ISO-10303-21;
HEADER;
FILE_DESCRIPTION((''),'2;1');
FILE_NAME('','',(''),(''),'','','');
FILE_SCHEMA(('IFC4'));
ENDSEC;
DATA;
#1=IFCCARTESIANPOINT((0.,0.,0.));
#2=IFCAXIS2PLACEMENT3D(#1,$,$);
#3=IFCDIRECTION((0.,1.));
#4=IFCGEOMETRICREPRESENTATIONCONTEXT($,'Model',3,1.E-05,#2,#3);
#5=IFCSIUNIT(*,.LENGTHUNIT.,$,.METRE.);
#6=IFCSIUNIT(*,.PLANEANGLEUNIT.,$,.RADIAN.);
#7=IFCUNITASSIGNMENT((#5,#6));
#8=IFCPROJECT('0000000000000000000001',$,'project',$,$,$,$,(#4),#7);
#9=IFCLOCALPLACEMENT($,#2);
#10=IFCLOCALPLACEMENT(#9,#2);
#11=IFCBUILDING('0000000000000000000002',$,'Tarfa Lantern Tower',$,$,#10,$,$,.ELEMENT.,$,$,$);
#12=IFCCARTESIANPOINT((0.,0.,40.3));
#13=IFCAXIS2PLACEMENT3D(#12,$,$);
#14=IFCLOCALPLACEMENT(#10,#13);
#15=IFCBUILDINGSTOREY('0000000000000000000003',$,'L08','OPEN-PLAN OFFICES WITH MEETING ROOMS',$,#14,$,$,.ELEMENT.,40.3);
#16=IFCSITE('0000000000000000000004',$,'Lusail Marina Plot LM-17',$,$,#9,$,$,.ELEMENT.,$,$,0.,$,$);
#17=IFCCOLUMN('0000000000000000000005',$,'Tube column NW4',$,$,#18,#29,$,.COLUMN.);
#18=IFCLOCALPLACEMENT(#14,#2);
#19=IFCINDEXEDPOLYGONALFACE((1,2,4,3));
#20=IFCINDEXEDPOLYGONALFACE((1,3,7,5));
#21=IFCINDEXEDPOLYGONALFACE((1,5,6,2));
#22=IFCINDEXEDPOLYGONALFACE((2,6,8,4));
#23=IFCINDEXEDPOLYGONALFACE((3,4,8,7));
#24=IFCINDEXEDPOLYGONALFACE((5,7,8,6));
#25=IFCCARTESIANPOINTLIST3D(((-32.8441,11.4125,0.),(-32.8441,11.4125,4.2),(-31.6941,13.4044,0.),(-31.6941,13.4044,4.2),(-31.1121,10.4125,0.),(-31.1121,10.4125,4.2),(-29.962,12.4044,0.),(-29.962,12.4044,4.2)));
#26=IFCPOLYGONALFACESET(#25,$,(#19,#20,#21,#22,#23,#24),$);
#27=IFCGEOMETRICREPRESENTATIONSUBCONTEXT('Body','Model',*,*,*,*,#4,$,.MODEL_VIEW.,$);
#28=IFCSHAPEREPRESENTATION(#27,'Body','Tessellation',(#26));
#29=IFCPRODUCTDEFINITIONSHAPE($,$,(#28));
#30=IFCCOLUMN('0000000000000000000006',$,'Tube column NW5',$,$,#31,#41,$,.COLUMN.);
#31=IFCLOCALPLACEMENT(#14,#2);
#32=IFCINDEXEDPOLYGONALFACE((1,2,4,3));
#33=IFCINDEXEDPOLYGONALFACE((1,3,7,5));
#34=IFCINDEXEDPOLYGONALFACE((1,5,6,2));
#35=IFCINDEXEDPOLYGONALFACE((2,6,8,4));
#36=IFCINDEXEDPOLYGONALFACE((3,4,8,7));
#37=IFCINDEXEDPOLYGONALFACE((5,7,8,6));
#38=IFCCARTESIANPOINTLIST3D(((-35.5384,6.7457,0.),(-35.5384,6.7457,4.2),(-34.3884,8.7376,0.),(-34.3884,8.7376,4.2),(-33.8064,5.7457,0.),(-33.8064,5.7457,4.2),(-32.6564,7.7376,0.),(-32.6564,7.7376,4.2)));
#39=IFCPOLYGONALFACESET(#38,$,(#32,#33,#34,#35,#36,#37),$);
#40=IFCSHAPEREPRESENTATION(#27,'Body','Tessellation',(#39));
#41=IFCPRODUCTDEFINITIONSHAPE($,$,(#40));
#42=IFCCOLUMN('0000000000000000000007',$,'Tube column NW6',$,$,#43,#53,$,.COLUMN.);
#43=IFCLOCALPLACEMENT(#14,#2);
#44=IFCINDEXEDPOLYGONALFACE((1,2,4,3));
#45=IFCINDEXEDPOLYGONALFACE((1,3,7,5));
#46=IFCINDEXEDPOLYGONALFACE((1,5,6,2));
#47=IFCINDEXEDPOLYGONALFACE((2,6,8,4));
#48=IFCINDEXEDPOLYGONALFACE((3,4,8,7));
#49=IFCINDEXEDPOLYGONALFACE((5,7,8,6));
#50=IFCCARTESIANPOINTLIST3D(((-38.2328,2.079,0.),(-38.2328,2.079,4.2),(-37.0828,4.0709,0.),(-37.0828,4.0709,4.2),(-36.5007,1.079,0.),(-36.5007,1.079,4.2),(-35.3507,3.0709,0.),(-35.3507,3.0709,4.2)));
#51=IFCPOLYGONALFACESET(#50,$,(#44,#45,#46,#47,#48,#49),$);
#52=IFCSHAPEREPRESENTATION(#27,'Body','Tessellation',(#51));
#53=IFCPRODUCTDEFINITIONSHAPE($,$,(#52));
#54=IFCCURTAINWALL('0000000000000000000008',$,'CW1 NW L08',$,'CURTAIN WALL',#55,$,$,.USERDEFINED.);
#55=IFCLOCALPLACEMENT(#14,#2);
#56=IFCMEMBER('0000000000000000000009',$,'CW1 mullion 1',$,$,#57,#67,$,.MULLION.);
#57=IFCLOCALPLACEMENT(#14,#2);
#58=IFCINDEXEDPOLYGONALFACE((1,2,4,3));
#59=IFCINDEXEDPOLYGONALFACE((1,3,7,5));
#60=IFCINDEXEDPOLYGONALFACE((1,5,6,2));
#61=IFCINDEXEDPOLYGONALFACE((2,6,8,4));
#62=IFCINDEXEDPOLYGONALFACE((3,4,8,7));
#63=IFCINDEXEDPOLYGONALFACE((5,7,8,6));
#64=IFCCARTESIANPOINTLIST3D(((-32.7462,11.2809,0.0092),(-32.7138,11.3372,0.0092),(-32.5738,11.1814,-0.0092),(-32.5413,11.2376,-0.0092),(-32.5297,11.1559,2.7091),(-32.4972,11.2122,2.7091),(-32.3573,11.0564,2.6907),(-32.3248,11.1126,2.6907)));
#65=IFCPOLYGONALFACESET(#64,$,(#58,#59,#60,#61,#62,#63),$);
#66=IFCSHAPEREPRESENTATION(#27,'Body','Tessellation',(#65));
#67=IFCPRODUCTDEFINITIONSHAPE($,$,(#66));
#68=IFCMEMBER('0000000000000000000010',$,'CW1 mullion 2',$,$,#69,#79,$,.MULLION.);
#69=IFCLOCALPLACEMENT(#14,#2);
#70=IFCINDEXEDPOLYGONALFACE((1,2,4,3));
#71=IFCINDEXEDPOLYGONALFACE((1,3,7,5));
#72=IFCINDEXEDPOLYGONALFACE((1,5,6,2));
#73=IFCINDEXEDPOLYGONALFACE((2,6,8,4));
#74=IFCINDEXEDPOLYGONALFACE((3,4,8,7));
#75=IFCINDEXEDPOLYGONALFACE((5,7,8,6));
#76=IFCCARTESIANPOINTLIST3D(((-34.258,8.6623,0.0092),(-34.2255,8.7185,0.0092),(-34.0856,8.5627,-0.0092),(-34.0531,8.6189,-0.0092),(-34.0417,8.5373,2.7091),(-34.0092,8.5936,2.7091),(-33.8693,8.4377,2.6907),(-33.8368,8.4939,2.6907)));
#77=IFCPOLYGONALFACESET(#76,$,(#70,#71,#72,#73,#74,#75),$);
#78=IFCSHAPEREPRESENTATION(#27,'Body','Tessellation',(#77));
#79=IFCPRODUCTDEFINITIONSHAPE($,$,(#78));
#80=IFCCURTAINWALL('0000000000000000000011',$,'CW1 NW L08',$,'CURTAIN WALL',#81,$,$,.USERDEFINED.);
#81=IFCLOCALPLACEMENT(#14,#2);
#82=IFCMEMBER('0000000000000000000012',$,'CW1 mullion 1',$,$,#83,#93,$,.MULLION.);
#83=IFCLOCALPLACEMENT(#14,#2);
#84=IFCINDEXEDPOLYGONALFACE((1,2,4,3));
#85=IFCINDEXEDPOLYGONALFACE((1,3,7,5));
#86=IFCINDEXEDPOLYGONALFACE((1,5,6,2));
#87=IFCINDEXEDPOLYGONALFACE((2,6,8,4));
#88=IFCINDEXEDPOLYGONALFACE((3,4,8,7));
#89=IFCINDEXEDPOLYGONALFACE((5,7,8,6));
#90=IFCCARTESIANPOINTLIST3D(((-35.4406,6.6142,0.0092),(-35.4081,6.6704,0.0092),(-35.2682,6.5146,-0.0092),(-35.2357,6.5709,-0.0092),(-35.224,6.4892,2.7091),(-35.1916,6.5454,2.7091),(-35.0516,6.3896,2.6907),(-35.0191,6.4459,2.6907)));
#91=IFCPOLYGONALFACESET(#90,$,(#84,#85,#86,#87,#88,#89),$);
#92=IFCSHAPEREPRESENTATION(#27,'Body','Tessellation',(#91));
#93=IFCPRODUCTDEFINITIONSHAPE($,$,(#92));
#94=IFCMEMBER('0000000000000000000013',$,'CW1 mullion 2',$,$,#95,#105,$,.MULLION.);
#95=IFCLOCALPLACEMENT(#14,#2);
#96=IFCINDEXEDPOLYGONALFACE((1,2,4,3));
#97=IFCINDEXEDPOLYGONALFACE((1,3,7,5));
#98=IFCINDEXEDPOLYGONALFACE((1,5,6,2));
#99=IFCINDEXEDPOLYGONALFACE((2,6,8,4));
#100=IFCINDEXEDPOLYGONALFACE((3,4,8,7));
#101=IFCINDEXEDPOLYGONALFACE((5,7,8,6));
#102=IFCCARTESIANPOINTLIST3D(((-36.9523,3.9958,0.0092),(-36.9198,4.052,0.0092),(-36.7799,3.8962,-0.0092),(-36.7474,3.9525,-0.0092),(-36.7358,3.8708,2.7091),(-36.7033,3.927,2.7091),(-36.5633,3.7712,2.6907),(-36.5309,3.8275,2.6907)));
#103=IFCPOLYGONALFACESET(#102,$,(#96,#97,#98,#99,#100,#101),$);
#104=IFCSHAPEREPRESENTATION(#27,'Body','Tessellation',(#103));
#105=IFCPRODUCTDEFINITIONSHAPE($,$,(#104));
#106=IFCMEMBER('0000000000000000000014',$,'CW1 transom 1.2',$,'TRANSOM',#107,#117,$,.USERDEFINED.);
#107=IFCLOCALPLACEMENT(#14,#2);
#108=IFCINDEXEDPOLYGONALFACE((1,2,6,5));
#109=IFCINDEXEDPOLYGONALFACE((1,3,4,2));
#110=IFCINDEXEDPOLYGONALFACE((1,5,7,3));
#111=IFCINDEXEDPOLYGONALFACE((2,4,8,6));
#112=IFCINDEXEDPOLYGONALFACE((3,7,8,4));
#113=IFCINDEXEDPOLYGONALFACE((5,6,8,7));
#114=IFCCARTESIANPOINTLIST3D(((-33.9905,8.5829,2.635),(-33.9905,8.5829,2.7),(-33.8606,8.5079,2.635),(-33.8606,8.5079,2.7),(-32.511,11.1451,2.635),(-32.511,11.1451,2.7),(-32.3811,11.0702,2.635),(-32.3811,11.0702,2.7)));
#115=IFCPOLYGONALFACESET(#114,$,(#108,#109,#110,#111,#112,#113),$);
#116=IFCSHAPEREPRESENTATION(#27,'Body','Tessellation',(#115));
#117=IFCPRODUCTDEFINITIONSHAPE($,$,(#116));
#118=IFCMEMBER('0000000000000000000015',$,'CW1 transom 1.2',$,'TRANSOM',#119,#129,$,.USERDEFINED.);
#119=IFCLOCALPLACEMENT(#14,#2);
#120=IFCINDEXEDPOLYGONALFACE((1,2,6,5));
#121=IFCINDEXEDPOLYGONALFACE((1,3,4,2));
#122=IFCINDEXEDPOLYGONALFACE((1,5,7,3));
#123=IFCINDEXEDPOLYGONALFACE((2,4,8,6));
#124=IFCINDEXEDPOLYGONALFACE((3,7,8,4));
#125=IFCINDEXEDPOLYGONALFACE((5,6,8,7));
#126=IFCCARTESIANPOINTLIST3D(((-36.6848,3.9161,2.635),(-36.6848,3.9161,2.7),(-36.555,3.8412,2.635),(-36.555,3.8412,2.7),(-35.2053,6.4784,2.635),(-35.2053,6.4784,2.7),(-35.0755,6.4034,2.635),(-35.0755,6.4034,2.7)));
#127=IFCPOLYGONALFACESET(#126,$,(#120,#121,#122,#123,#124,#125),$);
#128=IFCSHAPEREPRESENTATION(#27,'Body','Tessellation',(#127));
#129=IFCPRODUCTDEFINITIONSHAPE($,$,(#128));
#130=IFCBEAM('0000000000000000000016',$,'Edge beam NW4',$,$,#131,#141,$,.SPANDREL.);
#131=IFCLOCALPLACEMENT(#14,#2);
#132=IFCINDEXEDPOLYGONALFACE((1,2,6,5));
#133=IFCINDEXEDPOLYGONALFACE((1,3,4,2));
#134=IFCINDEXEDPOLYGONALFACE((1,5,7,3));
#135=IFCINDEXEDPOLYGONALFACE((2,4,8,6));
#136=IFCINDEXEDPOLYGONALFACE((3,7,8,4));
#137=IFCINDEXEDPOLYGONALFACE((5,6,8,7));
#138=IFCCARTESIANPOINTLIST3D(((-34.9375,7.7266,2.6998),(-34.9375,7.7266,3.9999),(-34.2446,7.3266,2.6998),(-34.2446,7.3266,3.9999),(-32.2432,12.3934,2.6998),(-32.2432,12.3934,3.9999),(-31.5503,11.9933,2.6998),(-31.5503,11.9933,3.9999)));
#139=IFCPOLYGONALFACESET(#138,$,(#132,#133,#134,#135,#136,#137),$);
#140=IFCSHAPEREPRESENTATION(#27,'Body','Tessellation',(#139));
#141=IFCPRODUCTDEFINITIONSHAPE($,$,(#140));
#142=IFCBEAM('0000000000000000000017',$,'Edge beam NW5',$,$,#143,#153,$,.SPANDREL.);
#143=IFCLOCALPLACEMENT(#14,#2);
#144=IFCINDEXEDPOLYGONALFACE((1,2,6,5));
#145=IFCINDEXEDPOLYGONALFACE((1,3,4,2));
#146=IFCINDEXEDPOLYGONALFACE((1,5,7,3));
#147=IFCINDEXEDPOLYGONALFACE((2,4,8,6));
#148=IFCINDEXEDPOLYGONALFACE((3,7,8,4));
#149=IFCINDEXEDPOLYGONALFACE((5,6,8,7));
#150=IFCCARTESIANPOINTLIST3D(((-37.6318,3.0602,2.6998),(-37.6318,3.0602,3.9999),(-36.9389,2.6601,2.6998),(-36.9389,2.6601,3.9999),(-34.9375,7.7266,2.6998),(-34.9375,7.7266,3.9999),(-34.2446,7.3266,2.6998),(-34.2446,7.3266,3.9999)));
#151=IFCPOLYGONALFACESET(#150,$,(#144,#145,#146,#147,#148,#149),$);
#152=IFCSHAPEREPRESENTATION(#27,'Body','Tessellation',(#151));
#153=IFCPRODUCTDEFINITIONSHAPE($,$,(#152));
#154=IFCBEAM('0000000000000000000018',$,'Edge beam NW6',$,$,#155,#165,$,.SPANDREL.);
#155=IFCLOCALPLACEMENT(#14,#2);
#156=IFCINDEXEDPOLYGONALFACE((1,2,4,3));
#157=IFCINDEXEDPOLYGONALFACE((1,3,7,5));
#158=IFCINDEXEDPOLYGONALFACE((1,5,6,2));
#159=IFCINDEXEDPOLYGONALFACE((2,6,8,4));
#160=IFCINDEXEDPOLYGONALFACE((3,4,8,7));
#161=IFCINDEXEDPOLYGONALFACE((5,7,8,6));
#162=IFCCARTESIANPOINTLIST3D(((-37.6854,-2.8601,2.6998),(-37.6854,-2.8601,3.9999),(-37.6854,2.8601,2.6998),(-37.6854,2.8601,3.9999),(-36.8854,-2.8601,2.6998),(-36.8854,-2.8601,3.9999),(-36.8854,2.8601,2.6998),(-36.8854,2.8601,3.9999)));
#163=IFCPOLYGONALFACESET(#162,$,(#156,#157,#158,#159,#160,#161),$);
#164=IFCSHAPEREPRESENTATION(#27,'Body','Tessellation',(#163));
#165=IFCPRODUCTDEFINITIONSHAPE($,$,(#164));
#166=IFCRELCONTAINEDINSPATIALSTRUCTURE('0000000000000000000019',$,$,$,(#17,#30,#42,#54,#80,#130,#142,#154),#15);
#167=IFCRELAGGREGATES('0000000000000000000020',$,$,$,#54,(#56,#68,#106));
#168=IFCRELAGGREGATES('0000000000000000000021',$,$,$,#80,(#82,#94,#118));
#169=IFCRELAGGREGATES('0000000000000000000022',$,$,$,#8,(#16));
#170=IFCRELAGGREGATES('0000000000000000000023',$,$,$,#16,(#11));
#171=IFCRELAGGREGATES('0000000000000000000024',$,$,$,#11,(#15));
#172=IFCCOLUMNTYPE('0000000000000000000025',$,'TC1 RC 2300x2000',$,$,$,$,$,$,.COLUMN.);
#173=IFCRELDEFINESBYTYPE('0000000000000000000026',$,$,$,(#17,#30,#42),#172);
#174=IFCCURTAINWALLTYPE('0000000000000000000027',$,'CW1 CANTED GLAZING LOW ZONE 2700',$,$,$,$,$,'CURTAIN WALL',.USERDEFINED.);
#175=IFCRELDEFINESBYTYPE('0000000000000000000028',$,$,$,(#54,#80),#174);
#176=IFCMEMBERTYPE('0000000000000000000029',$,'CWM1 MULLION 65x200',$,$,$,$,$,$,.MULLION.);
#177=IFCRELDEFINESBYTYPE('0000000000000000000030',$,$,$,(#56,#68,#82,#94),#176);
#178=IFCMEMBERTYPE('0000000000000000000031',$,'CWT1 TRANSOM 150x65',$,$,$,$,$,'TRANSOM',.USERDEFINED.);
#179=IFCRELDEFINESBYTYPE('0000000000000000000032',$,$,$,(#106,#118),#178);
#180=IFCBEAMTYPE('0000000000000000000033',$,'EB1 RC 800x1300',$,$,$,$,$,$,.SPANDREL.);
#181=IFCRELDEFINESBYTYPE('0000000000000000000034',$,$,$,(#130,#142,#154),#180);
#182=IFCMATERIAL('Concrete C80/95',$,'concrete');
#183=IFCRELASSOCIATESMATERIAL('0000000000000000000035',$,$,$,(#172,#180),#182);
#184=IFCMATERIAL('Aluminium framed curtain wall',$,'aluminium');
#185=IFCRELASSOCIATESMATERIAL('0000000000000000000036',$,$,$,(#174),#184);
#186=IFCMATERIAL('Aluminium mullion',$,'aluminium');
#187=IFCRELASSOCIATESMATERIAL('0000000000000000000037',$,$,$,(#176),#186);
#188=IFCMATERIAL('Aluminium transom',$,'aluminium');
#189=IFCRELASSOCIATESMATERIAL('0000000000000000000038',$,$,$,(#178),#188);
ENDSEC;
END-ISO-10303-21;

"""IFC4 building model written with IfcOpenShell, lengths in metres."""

from ifc_helpers import new_model, si_unit, direction, frame, origin, origin_2d, place, context, subcontext, project, spatial, rectangle, extrude, material, material_profile, profile_set, type_object, element, aggregate, save


model = new_model("IFC4")

# Units and contexts
model_context = context("Model", 3, precision=1e-05, world=origin(), true_north=direction((0.0, 1.0)))
body_context = subcontext(model_context, "Body", "Model", "MODEL_VIEW")
ifc_project = project(units=[si_unit("LENGTHUNIT", "METRE"), si_unit("PLANEANGLEUNIT", "RADIAN")], contexts=[model_context])

# Site, building, storey
site_placement = place(None, origin())
site = spatial("IfcSite", under=ifc_project, at=site_placement, Name="Lusail Marina Plot LM-17", CompositionType="ELEMENT", RefElevation=0.0)
building_placement = place(site_placement, origin())
building = spatial("IfcBuilding", under=site, at=building_placement, Name="Tarfa Lantern Tower", CompositionType="ELEMENT")
storey_placement = place(building_placement, frame((0.0, 0.0, 40.3)))
storey = spatial("IfcBuildingStorey", under=building, at=storey_placement, Name="L08", Description="OPEN-PLAN OFFICES WITH MEETING ROOMS", CompositionType="ELEMENT", Elevation=40.3)

# Columns
ifc_material_1 = material(Name="Concrete C80/95", Category="concrete")
ifc_material_profile_1 = material_profile(ifc_material_1, rectangle(XDim=2.3, YDim=2.0, at=origin_2d()), Name="RC 2300x2000")
ifc_profile_set_1 = profile_set([ifc_material_profile_1], Name="Concrete C80/95")
column_type = type_object("IfcColumnType", Name="TC1 RC 2300x2000", PredefinedType="COLUMN", material=ifc_profile_set_1)
for number, where, z_axis, x_axis, name in (
    (1, (-31.4031, 11.9084, 0.0), (0.0, 0.0, 1.0), (-0.5, -0.866025, 0.0), "Tube column NW4"),
    (2, (-34.0974, 7.2417, 0.0), (0.0, 0.0, 1.0), (-0.5, -0.866025, 0.0), "Tube column NW5"),
    (3, (-36.7917, 2.575, 0.0), (0.0, 0.0, 1.0), (-0.5, -0.866025, 0.0), "Tube column NW6"),
):
    element("IfcColumn", number, at=place(storey_placement, frame(where, z_axis=z_axis, x_axis=x_axis)), inside=storey, type_object=column_type, Name=name, PredefinedType="COLUMN", context=body_context, shape_type="SweptSolid", body=[
        extrude(rectangle(XDim=2.3, YDim=2.0, at=origin_2d()), origin(), (0.0, 0.0, 1.0), 4.2),
    ])

# Curtain walls, members
ifc_material_2 = material(Name="Aluminium framed curtain wall", Category="aluminium")
curtain_wall_type = type_object("IfcCurtainWallType", Name="CW1 CANTED GLAZING LOW ZONE 2700", ElementType="CURTAIN WALL", PredefinedType="USERDEFINED", material=ifc_material_2)
curtain_wall_1_placement = place(storey_placement, origin())
curtain_wall_1 = element("IfcCurtainWall", 4, at=curtain_wall_1_placement, inside=storey, type_object=curtain_wall_type, Name="CW1 NW L08", ObjectType="CURTAIN WALL", PredefinedType="USERDEFINED")
ifc_material_3 = material(Name="Aluminium mullion", Category="aluminium")
ifc_material_profile_2 = material_profile(ifc_material_3, rectangle(XDim=0.0649, YDim=0.2, at=origin_2d()), Name="AL MULLION 65x200")
ifc_profile_set_2 = profile_set([ifc_material_profile_2], Name="Aluminium mullion")
member_type_1 = type_object("IfcMemberType", Name="CWM1 MULLION 65x200", PredefinedType="MULLION", material=ifc_profile_set_2)
member_1_placement = place(storey_placement, frame((-32.6438, 11.2593, 0.0), z_axis=(0.079864, -0.0461, 0.995739), x_axis=(0.49992, 0.866072, 0.0)))
member_1 = element("IfcMember", 5, at=member_1_placement, type_object=member_type_1, Name="CW1 mullion 1", PredefinedType="MULLION", context=body_context, shape_type="SweptSolid", body=[
    extrude(rectangle(XDim=0.0649, YDim=0.2, at=origin_2d()), origin(), (0.0, 0.0, 1.0), 2.7114),
])
member_2_placement = place(storey_placement, frame((-34.1555, 8.6406, 0.0), z_axis=(0.079775, -0.0461, 0.995746), x_axis=(0.500343, 0.865827, 0.0)))
member_2 = element("IfcMember", 6, at=member_2_placement, type_object=member_type_1, Name="CW1 mullion 2", PredefinedType="MULLION", context=body_context, shape_type="SweptSolid", body=[
    extrude(rectangle(XDim=0.0649, YDim=0.2, at=origin_2d()), origin(), (0.0, 0.0, 1.0), 2.7114),
])
curtain_wall_2_placement = place(storey_placement, origin())
curtain_wall_2 = element("IfcCurtainWall", 7, at=curtain_wall_2_placement, inside=storey, type_object=curtain_wall_type, Name="CW1 NW L08", ObjectType="CURTAIN WALL", PredefinedType="USERDEFINED")
member_3_placement = place(storey_placement, frame((-35.3381, 6.5925, 0.0), z_axis=(0.079864, -0.0461, 0.995739), x_axis=(0.49992, 0.866072, 0.0)))
member_3 = element("IfcMember", 8, at=member_3_placement, type_object=member_type_1, Name="CW1 mullion 1", PredefinedType="MULLION", context=body_context, shape_type="SweptSolid", body=[
    extrude(rectangle(XDim=0.0649, YDim=0.2, at=origin_2d()), origin(), (0.0, 0.0, 1.0), 2.7114),
])
member_4_placement = place(storey_placement, frame((-36.8499, 3.9741, 0.0), z_axis=(0.079864, -0.0461, 0.995739), x_axis=(0.49992, 0.866072, 0.0)))
member_4 = element("IfcMember", 9, at=member_4_placement, type_object=member_type_1, Name="CW1 mullion 2", PredefinedType="MULLION", context=body_context, shape_type="SweptSolid", body=[
    extrude(rectangle(XDim=0.0649, YDim=0.2, at=origin_2d()), origin(), (0.0, 0.0, 1.0), 2.7114),
])

# Members
ifc_material_4 = material(Name="Aluminium transom", Category="aluminium")
ifc_material_profile_3 = material_profile(ifc_material_4, rectangle(XDim=0.1499, YDim=0.0649, at=origin_2d()), Name="AL TRANSOM 150x65")
ifc_profile_set_3 = profile_set([ifc_material_profile_3], Name="Aluminium transom")
member_type_2 = type_object("IfcMemberType", Name="CWT1 TRANSOM 150x65", ElementType="TRANSOM", PredefinedType="USERDEFINED", material=ifc_profile_set_3)
member_5_placement = place(storey_placement, frame((-32.446, 11.1077, 2.6675), z_axis=(-0.500044, -0.866, 0.0), x_axis=(0.866, -0.500044, 0.0)))
member_5 = element("IfcMember", 10, at=member_5_placement, type_object=member_type_2, Name="CW1 transom 1.2", ObjectType="TRANSOM", PredefinedType="USERDEFINED", context=body_context, shape_type="SweptSolid", body=[
    extrude(rectangle(XDim=0.1499, YDim=0.0649, at=origin_2d()), origin(), (0.0, 0.0, 1.0), 2.9587),
])
member_6_placement = place(storey_placement, frame((-35.1404, 6.4409, 2.6675), z_axis=(-0.500044, -0.866, 0.0), x_axis=(0.866, -0.500044, 0.0)))
member_6 = element("IfcMember", 11, at=member_6_placement, type_object=member_type_2, Name="CW1 transom 1.2", ObjectType="TRANSOM", PredefinedType="USERDEFINED", context=body_context, shape_type="SweptSolid", body=[
    extrude(rectangle(XDim=0.1499, YDim=0.0649, at=origin_2d()), origin(), (0.0, 0.0, 1.0), 2.9587),
])

# Beams
ifc_material_profile_4 = material_profile(ifc_material_1, rectangle(XDim=0.8, YDim=1.3, at=origin_2d()), Name="RC 800x1300")
ifc_profile_set_4 = profile_set([ifc_material_profile_4], Name="Concrete C80/95")
beam_type_1 = type_object("IfcBeamType", Name="EB1 RC 800x1300", PredefinedType="SPANDREL", material=ifc_profile_set_4)
beam_1_placement = place(storey_placement, frame((-31.8967, 12.1934, 3.3499), z_axis=(-0.499998, -0.866026, 0.0), x_axis=(0.866026, -0.499998, 0.0)))
element("IfcBeam", 12, at=beam_1_placement, inside=storey, type_object=beam_type_1, Name="Edge beam NW4", PredefinedType="SPANDREL", context=body_context, shape_type="SweptSolid", body=[
    extrude(rectangle(XDim=0.8, YDim=1.3, at=origin_2d()), origin(), (0.0, 0.0, 1.0), 5.3887),
])
beam_2_placement = place(storey_placement, frame((-34.5911, 7.5266, 3.3499), z_axis=(-0.500018, -0.866015, 0.0), x_axis=(0.866015, -0.500018, 0.0)))
element("IfcBeam", 13, at=beam_2_placement, inside=storey, type_object=beam_type_1, Name="Edge beam NW5", PredefinedType="SPANDREL", context=body_context, shape_type="SweptSolid", body=[
    extrude(rectangle(XDim=0.8, YDim=1.3, at=origin_2d()), origin(), (0.0, 0.0, 1.0), 5.3884),
])
beam_3_placement = place(storey_placement, frame((-37.2854, 2.8601, 3.3499), z_axis=(0.0, -1.0, 0.0), x_axis=(1.0, 0.0, 0.0)))
element("IfcBeam", 14, at=beam_3_placement, inside=storey, type_object=beam_type_1, Name="Edge beam NW6", PredefinedType="SPANDREL", context=body_context, shape_type="SweptSolid", body=[
    extrude(rectangle(XDim=0.8, YDim=1.3, at=origin_2d()), origin(), (0.0, 0.0, 1.0), 5.7202),
])

aggregate(curtain_wall_1, [member_1, member_2, member_5])
aggregate(curtain_wall_2, [member_3, member_4, member_6])

save(model, "model.ifc")
